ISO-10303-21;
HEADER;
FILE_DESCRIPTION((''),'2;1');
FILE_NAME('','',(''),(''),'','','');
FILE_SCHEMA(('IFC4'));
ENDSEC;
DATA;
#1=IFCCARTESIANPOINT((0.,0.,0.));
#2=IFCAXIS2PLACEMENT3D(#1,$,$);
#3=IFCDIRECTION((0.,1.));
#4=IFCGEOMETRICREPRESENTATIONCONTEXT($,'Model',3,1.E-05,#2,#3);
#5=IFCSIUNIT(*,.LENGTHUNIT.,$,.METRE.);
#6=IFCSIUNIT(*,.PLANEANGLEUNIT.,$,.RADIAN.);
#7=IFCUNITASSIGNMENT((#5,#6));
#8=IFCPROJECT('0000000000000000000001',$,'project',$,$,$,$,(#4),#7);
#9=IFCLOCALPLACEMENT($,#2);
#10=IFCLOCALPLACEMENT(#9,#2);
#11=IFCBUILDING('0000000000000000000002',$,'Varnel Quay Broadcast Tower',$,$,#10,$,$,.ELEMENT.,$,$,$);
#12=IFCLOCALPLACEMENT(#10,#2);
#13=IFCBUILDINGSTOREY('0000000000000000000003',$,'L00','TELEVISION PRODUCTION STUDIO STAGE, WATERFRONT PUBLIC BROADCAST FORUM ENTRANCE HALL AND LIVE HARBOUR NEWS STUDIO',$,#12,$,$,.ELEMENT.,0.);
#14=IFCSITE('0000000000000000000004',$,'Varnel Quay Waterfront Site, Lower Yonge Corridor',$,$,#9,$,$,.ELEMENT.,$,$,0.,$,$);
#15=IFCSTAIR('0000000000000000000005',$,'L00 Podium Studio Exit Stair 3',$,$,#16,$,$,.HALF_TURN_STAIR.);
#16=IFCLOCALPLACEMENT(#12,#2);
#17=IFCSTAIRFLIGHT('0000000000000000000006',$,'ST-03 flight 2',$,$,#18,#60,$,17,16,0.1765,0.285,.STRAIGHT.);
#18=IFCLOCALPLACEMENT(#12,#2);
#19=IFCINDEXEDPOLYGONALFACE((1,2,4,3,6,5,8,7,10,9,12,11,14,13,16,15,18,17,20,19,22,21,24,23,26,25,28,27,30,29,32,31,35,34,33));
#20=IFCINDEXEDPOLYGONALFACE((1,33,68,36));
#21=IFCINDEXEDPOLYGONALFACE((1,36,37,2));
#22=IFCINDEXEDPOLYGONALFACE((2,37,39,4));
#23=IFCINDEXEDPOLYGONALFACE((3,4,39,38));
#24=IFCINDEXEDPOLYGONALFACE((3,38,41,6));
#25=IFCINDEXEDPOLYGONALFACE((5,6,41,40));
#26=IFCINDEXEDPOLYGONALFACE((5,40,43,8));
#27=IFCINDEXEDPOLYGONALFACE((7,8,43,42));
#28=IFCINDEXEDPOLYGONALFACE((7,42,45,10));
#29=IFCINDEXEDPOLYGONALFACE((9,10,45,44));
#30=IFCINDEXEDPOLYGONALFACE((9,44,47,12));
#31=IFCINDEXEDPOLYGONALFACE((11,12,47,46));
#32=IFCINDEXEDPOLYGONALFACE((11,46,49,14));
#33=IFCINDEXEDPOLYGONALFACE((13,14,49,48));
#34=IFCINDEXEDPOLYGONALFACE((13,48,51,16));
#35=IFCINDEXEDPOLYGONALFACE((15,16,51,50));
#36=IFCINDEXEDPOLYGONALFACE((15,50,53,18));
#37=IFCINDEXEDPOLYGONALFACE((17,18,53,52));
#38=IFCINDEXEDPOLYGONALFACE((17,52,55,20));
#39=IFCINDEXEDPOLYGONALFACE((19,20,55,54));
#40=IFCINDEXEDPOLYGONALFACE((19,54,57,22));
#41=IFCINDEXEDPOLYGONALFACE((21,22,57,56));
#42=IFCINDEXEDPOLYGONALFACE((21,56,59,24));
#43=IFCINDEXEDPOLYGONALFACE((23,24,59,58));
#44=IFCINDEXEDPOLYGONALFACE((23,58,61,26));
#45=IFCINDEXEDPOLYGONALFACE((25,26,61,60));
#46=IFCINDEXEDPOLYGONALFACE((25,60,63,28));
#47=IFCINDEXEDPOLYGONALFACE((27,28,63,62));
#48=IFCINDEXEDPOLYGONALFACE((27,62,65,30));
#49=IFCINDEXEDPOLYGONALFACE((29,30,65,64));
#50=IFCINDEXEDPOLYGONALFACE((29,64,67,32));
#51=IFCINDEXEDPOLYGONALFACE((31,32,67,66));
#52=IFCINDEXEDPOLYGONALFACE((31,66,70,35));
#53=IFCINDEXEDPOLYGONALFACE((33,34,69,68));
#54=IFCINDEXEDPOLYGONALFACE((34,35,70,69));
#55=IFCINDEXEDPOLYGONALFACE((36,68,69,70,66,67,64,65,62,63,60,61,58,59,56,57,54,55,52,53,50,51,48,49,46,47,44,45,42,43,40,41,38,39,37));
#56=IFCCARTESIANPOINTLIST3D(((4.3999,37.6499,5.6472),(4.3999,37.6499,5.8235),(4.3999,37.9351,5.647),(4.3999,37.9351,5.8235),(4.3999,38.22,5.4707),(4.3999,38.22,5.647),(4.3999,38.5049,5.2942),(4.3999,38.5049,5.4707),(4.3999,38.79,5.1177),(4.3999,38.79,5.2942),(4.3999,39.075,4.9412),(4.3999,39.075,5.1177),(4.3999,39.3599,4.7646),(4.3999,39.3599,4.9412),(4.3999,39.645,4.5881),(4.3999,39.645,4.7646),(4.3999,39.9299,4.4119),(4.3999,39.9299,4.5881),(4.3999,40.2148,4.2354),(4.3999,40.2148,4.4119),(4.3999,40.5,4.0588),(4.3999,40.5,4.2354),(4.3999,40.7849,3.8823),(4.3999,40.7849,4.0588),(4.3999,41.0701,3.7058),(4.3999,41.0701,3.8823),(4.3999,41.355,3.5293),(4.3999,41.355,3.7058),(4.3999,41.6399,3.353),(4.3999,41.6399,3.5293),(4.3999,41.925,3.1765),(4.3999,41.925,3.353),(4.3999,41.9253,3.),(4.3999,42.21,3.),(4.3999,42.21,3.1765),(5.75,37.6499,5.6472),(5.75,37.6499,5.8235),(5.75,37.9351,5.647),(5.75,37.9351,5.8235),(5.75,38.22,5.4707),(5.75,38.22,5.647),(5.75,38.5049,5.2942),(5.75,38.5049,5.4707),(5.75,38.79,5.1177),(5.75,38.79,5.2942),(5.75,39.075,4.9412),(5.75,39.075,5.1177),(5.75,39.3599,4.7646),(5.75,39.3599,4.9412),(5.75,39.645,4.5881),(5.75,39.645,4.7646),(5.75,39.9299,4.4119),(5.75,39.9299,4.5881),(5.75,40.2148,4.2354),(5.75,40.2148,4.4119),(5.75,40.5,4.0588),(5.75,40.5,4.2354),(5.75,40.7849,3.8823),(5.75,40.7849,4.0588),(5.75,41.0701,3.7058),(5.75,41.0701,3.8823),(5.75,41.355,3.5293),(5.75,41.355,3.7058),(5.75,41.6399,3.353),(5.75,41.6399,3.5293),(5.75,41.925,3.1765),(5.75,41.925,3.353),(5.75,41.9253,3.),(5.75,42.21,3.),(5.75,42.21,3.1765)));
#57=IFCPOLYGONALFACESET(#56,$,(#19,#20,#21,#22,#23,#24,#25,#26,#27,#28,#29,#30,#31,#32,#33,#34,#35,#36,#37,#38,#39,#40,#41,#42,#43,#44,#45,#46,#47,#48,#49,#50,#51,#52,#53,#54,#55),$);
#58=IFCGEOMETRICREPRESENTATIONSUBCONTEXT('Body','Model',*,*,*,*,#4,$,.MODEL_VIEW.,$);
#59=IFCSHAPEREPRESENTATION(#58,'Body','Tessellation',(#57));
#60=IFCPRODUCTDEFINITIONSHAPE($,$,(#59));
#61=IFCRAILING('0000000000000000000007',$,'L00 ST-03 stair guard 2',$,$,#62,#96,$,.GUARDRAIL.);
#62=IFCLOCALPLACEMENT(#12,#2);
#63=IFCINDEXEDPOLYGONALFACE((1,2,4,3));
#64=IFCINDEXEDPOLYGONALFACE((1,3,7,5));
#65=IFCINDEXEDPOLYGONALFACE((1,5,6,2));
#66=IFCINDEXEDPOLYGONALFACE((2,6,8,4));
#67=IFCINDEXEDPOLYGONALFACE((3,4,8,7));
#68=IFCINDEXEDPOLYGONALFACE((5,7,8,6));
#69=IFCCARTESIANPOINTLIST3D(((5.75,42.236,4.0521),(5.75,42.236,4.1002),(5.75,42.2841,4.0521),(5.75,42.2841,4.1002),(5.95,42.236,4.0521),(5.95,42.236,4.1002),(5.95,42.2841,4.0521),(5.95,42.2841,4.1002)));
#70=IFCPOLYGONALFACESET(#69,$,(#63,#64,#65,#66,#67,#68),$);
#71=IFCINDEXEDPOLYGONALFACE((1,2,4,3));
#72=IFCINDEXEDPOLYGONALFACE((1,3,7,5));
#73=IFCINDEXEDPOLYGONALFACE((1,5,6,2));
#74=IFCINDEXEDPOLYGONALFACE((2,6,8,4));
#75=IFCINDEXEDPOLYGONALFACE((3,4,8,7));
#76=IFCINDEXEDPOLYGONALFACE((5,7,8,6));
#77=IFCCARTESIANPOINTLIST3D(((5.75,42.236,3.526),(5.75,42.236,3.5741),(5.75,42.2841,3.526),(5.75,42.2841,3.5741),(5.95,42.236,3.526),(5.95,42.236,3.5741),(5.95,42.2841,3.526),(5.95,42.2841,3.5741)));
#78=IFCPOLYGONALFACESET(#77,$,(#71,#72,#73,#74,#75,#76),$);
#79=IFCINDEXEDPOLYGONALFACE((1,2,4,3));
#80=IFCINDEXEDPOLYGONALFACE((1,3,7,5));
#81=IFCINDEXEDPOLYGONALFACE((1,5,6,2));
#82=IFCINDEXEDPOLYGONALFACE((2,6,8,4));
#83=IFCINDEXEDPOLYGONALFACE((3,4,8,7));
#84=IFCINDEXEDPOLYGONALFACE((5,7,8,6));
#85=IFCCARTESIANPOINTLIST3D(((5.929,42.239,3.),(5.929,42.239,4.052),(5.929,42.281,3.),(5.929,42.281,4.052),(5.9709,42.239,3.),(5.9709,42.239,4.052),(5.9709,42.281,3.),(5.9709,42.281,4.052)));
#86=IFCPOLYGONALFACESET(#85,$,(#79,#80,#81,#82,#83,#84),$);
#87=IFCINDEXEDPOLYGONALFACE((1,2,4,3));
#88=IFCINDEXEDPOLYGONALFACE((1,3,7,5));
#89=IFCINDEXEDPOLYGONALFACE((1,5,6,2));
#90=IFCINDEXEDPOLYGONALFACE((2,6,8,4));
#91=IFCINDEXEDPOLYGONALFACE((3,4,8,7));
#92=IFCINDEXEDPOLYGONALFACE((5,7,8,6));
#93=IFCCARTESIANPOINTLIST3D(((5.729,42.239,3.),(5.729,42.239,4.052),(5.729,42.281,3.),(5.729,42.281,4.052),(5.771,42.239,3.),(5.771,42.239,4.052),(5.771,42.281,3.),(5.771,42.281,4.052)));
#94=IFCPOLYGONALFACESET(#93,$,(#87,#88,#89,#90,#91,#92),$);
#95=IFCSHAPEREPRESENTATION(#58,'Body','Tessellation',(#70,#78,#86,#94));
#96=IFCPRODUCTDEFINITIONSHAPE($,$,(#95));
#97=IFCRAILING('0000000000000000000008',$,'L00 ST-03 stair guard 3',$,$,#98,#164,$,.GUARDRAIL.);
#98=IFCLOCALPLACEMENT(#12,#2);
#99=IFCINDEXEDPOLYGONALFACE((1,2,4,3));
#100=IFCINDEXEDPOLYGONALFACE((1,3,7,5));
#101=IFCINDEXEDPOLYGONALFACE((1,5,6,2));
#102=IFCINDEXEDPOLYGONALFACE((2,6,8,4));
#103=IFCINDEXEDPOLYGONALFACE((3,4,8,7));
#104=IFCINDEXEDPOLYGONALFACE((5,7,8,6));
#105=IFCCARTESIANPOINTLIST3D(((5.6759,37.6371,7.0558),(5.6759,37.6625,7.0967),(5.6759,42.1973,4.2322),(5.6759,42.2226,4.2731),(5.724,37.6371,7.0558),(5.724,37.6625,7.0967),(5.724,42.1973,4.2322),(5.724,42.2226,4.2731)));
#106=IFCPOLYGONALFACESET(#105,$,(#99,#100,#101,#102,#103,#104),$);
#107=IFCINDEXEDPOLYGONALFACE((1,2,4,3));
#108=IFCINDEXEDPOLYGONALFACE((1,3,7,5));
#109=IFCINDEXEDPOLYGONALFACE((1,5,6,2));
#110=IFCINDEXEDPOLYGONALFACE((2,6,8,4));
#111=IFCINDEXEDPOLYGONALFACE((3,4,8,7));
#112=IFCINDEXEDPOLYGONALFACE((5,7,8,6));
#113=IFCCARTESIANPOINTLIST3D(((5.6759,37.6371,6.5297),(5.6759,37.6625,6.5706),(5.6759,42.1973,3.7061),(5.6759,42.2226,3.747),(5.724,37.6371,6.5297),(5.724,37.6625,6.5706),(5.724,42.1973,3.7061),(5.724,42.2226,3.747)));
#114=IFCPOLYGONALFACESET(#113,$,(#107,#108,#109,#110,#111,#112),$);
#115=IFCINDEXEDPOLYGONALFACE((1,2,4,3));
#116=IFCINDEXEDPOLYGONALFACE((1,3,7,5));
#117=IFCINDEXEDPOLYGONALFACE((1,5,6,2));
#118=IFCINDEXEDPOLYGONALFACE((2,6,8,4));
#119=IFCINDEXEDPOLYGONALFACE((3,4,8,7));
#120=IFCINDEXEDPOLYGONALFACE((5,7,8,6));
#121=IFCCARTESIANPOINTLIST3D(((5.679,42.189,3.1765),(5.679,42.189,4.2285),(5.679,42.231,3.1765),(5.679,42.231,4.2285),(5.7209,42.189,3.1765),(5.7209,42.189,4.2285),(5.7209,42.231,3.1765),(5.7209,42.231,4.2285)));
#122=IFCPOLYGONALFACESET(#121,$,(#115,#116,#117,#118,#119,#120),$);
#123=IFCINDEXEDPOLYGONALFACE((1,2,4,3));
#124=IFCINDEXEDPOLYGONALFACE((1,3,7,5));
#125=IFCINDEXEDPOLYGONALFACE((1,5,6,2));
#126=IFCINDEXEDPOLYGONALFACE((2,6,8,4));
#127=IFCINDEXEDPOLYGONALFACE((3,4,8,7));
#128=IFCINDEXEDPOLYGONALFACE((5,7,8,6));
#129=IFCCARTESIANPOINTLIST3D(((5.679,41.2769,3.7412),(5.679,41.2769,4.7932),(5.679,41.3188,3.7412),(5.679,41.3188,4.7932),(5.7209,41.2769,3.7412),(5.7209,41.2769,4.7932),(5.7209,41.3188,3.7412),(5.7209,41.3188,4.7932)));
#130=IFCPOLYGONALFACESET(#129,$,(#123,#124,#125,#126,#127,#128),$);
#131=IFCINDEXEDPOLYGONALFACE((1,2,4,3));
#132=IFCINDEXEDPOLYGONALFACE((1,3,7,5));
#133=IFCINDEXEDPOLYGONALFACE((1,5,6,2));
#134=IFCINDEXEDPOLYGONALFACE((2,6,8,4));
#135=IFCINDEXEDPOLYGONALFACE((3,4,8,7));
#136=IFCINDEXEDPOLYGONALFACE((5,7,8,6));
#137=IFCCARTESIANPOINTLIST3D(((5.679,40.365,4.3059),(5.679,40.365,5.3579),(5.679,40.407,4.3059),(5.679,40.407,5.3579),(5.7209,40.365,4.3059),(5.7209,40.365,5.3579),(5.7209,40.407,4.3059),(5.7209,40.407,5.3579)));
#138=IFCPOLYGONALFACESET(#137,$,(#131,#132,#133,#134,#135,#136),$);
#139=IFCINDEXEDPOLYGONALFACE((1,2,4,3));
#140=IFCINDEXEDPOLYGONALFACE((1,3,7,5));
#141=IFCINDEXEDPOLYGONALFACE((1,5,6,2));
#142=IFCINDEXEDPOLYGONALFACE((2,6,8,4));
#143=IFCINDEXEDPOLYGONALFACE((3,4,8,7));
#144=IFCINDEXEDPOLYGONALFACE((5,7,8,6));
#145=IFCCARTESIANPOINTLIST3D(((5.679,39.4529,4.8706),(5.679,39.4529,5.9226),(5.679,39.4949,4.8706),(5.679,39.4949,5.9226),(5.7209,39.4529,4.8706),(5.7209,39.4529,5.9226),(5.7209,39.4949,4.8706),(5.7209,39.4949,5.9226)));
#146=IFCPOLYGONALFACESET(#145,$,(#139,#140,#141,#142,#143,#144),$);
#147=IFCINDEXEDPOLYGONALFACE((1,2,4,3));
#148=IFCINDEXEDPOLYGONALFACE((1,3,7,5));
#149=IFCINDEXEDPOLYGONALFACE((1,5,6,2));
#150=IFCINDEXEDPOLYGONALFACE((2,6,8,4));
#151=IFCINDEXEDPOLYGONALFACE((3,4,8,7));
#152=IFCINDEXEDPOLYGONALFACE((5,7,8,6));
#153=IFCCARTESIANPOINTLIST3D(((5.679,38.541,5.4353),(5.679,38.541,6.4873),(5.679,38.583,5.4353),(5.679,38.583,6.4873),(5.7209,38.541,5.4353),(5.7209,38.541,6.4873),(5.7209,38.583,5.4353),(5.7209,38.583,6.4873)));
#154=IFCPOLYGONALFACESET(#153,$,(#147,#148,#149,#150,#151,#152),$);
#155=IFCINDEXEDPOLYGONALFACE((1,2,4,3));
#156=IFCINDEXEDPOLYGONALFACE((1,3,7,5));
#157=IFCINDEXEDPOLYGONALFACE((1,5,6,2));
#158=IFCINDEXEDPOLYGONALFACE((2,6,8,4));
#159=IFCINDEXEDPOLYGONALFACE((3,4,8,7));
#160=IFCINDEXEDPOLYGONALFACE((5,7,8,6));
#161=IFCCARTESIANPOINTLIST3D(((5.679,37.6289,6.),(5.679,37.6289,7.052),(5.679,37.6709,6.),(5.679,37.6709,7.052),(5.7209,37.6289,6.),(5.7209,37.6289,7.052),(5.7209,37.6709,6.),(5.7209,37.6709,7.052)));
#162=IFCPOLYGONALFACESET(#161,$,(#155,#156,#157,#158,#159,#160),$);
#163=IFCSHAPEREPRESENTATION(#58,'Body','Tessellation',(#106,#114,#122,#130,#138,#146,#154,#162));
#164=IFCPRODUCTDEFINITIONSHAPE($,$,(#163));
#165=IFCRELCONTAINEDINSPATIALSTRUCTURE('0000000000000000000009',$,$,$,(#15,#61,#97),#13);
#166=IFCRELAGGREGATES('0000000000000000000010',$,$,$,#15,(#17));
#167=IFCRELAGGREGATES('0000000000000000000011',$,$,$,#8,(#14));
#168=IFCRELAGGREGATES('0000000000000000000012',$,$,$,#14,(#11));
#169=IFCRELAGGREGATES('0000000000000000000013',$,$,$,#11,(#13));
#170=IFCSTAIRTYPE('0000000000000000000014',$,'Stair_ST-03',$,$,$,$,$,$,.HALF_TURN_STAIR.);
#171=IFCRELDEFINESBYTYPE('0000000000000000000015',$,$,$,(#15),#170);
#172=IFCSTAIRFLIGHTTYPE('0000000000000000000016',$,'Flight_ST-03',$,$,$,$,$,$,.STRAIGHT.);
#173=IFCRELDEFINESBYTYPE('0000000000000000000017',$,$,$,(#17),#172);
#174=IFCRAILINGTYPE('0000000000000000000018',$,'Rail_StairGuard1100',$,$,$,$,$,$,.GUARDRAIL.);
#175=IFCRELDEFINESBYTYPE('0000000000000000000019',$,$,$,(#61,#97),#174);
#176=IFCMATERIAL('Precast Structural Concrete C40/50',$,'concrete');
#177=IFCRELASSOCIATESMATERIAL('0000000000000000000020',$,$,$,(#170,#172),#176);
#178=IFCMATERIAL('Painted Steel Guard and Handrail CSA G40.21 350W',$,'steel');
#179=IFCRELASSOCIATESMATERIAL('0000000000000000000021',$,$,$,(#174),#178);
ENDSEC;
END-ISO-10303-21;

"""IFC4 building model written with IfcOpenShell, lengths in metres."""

from ifc_helpers import new_model, si_unit, direction, frame, origin, origin_2d, place, context, subcontext, project, spatial, polyline, rectangle, outline, extrude, material, type_object, element, aggregate, save


model = new_model("IFC4")

# Units and contexts
model_context = context("Model", 3, precision=1e-05, world=origin(), true_north=direction((0.0, 1.0)))
body_context = subcontext(model_context, "Body", "Model", "MODEL_VIEW")
ifc_project = project(units=[si_unit("LENGTHUNIT", "METRE"), si_unit("PLANEANGLEUNIT", "RADIAN")], contexts=[model_context])

# Site, building, storey
site_placement = place(None, origin())
site = spatial("IfcSite", under=ifc_project, at=site_placement, Name="Varnel Quay Waterfront Site, Lower Yonge Corridor", CompositionType="ELEMENT", RefElevation=0.0)
building_placement = place(site_placement, origin())
building = spatial("IfcBuilding", under=site, at=building_placement, Name="Varnel Quay Broadcast Tower", CompositionType="ELEMENT")
storey_placement = place(building_placement, origin())
storey = spatial("IfcBuildingStorey", under=building, at=storey_placement, Name="L00", Description="TELEVISION PRODUCTION STUDIO STAGE, WATERFRONT PUBLIC BROADCAST FORUM ENTRANCE HALL AND LIVE HARBOUR NEWS STUDIO", CompositionType="ELEMENT", Elevation=0.0)

# Stair, stair flight
ifc_material_1 = material(Name="Precast Structural Concrete C40/50", Category="concrete")
stair_type = type_object("IfcStairType", Name="Stair_ST-03", PredefinedType="HALF_TURN_STAIR", material=ifc_material_1)
stair_placement = place(storey_placement, origin())
stair = element("IfcStair", 1, at=stair_placement, inside=storey, type_object=stair_type, Name="L00 Podium Studio Exit Stair 3", PredefinedType="HALF_TURN_STAIR")
stair_flight_type = type_object("IfcStairFlightType", Name="Flight_ST-03", PredefinedType="STRAIGHT", material=ifc_material_1)
stair_flight_placement = place(storey_placement, frame((5.075, 42.21, 3.0), z_axis=(0.0, 0.0, 1.0), x_axis=(0.0, -1.0, 0.0)))
stair_flight = element("IfcStairFlight", 2, at=stair_flight_placement, type_object=stair_flight_type, Name="ST-03 flight 2", NumberOfRisers=17, NumberOfTreads=16, PredefinedType="STRAIGHT", RiserHeight=0.1765, TreadLength=0.285, context=body_context, shape_type="SweptSolid", body=[
    extrude(outline(polyline([(0.0, 0.0), (0.0, 0.1765), (0.2849, 0.1765), (0.2849, 0.353), (0.5701, 0.353), (0.5701, 0.5293), (0.855, 0.5293), (0.855, 0.7058), (1.1399, 0.7058), (1.1399, 0.8823), (1.425, 0.8823), (1.425, 1.0588), (1.71, 1.0588), (1.71, 1.2354), (1.9951, 1.2354), (1.9951, 1.4119), (2.28, 1.4119), (2.28, 1.5881), (2.5649, 1.5881), (2.5649, 1.7646), (2.8501, 1.7646), (2.8501, 1.9412), (3.135, 1.9412), (3.135, 2.1177), (3.4199, 2.1177), (3.4199, 2.2942), (3.7051, 2.2942), (3.7051, 2.4707), (3.99, 2.4707), (3.99, 2.647), (4.2749, 2.647), (4.2749, 2.8235), (4.5601, 2.8235), (4.5601, 3.0), (4.5601, 2.6472), (0.2847, 0.0), (0.0, 0.0)])), frame((0.0, 0.675, 0.0), z_axis=(0.0, -1.0, 0.0), x_axis=(1.0, 0.0, 0.0)), (0.0, 0.0, 1.0), 1.3501),
])
aggregate(stair, [stair_flight])

# Railings
ifc_material_2 = material(Name="Painted Steel Guard and Handrail CSA G40.21 350W", Category="steel")
railing_type_1 = type_object("IfcRailingType", Name="Rail_StairGuard1100", PredefinedType="GUARDRAIL", material=ifc_material_2)
railing_1_placement = place(storey_placement, frame((5.95, 42.26, 3.0)))
element("IfcRailing", 3, at=railing_1_placement, inside=storey, type_object=railing_type_1, Name="L00 ST-03 stair guard 2", PredefinedType="GUARDRAIL", context=body_context, shape_type="SweptSolid", body=[
    extrude(rectangle(XDim=0.0481, YDim=0.0481, at=origin_2d()), frame((0.0, 0.0, 1.0762), z_axis=(-1.0, 0.0, 0.0), x_axis=(0.0, -1.0, 0.0)), (0.0, 0.0, 1.0), 0.2),
    extrude(rectangle(XDim=0.0481, YDim=0.0481, at=origin_2d()), frame((0.0, 0.0, 0.55), z_axis=(-1.0, 0.0, 0.0), x_axis=(0.0, -1.0, 0.0)), (0.0, 0.0, 1.0), 0.2),
    extrude(rectangle(XDim=0.042, YDim=0.042, at=origin_2d()), origin(), (0.0, 0.0, 1.0), 1.052),
    extrude(rectangle(XDim=0.042, YDim=0.042, at=origin_2d()), frame((-0.2, 0.0, 0.0)), (0.0, 0.0, 1.0), 1.052),
])
railing_2_placement = place(storey_placement, frame((5.7, 42.21, 3.1765)))
element("IfcRailing", 4, at=railing_2_placement, inside=storey, type_object=railing_type_1, Name="L00 ST-03 stair guard 3", PredefinedType="GUARDRAIL", context=body_context, shape_type="SweptSolid", body=[
    extrude(rectangle(XDim=0.0481, YDim=0.0481, at=origin_2d()), frame((0.0, 0.0, 1.0762), z_axis=(0.0, -0.850216, 0.526435), x_axis=(1.0, 0.0, 0.0)), (0.0, 0.0, 1.0), 5.3635),
    extrude(rectangle(XDim=0.0481, YDim=0.0481, at=origin_2d()), frame((0.0, 0.0, 0.55), z_axis=(0.0, -0.850216, 0.526435), x_axis=(1.0, 0.0, 0.0)), (0.0, 0.0, 1.0), 5.3635),
    extrude(rectangle(XDim=0.042, YDim=0.042, at=origin_2d()), origin(), (0.0, 0.0, 1.0), 1.052),
    extrude(rectangle(XDim=0.042, YDim=0.042, at=origin_2d()), frame((0.0, -0.9121, 0.5647)), (0.0, 0.0, 1.0), 1.052),
    extrude(rectangle(XDim=0.042, YDim=0.042, at=origin_2d()), frame((0.0, -1.824, 1.1294)), (0.0, 0.0, 1.0), 1.052),
    extrude(rectangle(XDim=0.042, YDim=0.042, at=origin_2d()), frame((0.0, -2.7361, 1.6941)), (0.0, 0.0, 1.0), 1.052),
    extrude(rectangle(XDim=0.042, YDim=0.042, at=origin_2d()), frame((0.0, -3.6479, 2.2588)), (0.0, 0.0, 1.0), 1.052),
    extrude(rectangle(XDim=0.042, YDim=0.042, at=origin_2d()), frame((0.0, -4.5601, 2.8235)), (0.0, 0.0, 1.0), 1.052),
])

save(model, "model.ifc")
